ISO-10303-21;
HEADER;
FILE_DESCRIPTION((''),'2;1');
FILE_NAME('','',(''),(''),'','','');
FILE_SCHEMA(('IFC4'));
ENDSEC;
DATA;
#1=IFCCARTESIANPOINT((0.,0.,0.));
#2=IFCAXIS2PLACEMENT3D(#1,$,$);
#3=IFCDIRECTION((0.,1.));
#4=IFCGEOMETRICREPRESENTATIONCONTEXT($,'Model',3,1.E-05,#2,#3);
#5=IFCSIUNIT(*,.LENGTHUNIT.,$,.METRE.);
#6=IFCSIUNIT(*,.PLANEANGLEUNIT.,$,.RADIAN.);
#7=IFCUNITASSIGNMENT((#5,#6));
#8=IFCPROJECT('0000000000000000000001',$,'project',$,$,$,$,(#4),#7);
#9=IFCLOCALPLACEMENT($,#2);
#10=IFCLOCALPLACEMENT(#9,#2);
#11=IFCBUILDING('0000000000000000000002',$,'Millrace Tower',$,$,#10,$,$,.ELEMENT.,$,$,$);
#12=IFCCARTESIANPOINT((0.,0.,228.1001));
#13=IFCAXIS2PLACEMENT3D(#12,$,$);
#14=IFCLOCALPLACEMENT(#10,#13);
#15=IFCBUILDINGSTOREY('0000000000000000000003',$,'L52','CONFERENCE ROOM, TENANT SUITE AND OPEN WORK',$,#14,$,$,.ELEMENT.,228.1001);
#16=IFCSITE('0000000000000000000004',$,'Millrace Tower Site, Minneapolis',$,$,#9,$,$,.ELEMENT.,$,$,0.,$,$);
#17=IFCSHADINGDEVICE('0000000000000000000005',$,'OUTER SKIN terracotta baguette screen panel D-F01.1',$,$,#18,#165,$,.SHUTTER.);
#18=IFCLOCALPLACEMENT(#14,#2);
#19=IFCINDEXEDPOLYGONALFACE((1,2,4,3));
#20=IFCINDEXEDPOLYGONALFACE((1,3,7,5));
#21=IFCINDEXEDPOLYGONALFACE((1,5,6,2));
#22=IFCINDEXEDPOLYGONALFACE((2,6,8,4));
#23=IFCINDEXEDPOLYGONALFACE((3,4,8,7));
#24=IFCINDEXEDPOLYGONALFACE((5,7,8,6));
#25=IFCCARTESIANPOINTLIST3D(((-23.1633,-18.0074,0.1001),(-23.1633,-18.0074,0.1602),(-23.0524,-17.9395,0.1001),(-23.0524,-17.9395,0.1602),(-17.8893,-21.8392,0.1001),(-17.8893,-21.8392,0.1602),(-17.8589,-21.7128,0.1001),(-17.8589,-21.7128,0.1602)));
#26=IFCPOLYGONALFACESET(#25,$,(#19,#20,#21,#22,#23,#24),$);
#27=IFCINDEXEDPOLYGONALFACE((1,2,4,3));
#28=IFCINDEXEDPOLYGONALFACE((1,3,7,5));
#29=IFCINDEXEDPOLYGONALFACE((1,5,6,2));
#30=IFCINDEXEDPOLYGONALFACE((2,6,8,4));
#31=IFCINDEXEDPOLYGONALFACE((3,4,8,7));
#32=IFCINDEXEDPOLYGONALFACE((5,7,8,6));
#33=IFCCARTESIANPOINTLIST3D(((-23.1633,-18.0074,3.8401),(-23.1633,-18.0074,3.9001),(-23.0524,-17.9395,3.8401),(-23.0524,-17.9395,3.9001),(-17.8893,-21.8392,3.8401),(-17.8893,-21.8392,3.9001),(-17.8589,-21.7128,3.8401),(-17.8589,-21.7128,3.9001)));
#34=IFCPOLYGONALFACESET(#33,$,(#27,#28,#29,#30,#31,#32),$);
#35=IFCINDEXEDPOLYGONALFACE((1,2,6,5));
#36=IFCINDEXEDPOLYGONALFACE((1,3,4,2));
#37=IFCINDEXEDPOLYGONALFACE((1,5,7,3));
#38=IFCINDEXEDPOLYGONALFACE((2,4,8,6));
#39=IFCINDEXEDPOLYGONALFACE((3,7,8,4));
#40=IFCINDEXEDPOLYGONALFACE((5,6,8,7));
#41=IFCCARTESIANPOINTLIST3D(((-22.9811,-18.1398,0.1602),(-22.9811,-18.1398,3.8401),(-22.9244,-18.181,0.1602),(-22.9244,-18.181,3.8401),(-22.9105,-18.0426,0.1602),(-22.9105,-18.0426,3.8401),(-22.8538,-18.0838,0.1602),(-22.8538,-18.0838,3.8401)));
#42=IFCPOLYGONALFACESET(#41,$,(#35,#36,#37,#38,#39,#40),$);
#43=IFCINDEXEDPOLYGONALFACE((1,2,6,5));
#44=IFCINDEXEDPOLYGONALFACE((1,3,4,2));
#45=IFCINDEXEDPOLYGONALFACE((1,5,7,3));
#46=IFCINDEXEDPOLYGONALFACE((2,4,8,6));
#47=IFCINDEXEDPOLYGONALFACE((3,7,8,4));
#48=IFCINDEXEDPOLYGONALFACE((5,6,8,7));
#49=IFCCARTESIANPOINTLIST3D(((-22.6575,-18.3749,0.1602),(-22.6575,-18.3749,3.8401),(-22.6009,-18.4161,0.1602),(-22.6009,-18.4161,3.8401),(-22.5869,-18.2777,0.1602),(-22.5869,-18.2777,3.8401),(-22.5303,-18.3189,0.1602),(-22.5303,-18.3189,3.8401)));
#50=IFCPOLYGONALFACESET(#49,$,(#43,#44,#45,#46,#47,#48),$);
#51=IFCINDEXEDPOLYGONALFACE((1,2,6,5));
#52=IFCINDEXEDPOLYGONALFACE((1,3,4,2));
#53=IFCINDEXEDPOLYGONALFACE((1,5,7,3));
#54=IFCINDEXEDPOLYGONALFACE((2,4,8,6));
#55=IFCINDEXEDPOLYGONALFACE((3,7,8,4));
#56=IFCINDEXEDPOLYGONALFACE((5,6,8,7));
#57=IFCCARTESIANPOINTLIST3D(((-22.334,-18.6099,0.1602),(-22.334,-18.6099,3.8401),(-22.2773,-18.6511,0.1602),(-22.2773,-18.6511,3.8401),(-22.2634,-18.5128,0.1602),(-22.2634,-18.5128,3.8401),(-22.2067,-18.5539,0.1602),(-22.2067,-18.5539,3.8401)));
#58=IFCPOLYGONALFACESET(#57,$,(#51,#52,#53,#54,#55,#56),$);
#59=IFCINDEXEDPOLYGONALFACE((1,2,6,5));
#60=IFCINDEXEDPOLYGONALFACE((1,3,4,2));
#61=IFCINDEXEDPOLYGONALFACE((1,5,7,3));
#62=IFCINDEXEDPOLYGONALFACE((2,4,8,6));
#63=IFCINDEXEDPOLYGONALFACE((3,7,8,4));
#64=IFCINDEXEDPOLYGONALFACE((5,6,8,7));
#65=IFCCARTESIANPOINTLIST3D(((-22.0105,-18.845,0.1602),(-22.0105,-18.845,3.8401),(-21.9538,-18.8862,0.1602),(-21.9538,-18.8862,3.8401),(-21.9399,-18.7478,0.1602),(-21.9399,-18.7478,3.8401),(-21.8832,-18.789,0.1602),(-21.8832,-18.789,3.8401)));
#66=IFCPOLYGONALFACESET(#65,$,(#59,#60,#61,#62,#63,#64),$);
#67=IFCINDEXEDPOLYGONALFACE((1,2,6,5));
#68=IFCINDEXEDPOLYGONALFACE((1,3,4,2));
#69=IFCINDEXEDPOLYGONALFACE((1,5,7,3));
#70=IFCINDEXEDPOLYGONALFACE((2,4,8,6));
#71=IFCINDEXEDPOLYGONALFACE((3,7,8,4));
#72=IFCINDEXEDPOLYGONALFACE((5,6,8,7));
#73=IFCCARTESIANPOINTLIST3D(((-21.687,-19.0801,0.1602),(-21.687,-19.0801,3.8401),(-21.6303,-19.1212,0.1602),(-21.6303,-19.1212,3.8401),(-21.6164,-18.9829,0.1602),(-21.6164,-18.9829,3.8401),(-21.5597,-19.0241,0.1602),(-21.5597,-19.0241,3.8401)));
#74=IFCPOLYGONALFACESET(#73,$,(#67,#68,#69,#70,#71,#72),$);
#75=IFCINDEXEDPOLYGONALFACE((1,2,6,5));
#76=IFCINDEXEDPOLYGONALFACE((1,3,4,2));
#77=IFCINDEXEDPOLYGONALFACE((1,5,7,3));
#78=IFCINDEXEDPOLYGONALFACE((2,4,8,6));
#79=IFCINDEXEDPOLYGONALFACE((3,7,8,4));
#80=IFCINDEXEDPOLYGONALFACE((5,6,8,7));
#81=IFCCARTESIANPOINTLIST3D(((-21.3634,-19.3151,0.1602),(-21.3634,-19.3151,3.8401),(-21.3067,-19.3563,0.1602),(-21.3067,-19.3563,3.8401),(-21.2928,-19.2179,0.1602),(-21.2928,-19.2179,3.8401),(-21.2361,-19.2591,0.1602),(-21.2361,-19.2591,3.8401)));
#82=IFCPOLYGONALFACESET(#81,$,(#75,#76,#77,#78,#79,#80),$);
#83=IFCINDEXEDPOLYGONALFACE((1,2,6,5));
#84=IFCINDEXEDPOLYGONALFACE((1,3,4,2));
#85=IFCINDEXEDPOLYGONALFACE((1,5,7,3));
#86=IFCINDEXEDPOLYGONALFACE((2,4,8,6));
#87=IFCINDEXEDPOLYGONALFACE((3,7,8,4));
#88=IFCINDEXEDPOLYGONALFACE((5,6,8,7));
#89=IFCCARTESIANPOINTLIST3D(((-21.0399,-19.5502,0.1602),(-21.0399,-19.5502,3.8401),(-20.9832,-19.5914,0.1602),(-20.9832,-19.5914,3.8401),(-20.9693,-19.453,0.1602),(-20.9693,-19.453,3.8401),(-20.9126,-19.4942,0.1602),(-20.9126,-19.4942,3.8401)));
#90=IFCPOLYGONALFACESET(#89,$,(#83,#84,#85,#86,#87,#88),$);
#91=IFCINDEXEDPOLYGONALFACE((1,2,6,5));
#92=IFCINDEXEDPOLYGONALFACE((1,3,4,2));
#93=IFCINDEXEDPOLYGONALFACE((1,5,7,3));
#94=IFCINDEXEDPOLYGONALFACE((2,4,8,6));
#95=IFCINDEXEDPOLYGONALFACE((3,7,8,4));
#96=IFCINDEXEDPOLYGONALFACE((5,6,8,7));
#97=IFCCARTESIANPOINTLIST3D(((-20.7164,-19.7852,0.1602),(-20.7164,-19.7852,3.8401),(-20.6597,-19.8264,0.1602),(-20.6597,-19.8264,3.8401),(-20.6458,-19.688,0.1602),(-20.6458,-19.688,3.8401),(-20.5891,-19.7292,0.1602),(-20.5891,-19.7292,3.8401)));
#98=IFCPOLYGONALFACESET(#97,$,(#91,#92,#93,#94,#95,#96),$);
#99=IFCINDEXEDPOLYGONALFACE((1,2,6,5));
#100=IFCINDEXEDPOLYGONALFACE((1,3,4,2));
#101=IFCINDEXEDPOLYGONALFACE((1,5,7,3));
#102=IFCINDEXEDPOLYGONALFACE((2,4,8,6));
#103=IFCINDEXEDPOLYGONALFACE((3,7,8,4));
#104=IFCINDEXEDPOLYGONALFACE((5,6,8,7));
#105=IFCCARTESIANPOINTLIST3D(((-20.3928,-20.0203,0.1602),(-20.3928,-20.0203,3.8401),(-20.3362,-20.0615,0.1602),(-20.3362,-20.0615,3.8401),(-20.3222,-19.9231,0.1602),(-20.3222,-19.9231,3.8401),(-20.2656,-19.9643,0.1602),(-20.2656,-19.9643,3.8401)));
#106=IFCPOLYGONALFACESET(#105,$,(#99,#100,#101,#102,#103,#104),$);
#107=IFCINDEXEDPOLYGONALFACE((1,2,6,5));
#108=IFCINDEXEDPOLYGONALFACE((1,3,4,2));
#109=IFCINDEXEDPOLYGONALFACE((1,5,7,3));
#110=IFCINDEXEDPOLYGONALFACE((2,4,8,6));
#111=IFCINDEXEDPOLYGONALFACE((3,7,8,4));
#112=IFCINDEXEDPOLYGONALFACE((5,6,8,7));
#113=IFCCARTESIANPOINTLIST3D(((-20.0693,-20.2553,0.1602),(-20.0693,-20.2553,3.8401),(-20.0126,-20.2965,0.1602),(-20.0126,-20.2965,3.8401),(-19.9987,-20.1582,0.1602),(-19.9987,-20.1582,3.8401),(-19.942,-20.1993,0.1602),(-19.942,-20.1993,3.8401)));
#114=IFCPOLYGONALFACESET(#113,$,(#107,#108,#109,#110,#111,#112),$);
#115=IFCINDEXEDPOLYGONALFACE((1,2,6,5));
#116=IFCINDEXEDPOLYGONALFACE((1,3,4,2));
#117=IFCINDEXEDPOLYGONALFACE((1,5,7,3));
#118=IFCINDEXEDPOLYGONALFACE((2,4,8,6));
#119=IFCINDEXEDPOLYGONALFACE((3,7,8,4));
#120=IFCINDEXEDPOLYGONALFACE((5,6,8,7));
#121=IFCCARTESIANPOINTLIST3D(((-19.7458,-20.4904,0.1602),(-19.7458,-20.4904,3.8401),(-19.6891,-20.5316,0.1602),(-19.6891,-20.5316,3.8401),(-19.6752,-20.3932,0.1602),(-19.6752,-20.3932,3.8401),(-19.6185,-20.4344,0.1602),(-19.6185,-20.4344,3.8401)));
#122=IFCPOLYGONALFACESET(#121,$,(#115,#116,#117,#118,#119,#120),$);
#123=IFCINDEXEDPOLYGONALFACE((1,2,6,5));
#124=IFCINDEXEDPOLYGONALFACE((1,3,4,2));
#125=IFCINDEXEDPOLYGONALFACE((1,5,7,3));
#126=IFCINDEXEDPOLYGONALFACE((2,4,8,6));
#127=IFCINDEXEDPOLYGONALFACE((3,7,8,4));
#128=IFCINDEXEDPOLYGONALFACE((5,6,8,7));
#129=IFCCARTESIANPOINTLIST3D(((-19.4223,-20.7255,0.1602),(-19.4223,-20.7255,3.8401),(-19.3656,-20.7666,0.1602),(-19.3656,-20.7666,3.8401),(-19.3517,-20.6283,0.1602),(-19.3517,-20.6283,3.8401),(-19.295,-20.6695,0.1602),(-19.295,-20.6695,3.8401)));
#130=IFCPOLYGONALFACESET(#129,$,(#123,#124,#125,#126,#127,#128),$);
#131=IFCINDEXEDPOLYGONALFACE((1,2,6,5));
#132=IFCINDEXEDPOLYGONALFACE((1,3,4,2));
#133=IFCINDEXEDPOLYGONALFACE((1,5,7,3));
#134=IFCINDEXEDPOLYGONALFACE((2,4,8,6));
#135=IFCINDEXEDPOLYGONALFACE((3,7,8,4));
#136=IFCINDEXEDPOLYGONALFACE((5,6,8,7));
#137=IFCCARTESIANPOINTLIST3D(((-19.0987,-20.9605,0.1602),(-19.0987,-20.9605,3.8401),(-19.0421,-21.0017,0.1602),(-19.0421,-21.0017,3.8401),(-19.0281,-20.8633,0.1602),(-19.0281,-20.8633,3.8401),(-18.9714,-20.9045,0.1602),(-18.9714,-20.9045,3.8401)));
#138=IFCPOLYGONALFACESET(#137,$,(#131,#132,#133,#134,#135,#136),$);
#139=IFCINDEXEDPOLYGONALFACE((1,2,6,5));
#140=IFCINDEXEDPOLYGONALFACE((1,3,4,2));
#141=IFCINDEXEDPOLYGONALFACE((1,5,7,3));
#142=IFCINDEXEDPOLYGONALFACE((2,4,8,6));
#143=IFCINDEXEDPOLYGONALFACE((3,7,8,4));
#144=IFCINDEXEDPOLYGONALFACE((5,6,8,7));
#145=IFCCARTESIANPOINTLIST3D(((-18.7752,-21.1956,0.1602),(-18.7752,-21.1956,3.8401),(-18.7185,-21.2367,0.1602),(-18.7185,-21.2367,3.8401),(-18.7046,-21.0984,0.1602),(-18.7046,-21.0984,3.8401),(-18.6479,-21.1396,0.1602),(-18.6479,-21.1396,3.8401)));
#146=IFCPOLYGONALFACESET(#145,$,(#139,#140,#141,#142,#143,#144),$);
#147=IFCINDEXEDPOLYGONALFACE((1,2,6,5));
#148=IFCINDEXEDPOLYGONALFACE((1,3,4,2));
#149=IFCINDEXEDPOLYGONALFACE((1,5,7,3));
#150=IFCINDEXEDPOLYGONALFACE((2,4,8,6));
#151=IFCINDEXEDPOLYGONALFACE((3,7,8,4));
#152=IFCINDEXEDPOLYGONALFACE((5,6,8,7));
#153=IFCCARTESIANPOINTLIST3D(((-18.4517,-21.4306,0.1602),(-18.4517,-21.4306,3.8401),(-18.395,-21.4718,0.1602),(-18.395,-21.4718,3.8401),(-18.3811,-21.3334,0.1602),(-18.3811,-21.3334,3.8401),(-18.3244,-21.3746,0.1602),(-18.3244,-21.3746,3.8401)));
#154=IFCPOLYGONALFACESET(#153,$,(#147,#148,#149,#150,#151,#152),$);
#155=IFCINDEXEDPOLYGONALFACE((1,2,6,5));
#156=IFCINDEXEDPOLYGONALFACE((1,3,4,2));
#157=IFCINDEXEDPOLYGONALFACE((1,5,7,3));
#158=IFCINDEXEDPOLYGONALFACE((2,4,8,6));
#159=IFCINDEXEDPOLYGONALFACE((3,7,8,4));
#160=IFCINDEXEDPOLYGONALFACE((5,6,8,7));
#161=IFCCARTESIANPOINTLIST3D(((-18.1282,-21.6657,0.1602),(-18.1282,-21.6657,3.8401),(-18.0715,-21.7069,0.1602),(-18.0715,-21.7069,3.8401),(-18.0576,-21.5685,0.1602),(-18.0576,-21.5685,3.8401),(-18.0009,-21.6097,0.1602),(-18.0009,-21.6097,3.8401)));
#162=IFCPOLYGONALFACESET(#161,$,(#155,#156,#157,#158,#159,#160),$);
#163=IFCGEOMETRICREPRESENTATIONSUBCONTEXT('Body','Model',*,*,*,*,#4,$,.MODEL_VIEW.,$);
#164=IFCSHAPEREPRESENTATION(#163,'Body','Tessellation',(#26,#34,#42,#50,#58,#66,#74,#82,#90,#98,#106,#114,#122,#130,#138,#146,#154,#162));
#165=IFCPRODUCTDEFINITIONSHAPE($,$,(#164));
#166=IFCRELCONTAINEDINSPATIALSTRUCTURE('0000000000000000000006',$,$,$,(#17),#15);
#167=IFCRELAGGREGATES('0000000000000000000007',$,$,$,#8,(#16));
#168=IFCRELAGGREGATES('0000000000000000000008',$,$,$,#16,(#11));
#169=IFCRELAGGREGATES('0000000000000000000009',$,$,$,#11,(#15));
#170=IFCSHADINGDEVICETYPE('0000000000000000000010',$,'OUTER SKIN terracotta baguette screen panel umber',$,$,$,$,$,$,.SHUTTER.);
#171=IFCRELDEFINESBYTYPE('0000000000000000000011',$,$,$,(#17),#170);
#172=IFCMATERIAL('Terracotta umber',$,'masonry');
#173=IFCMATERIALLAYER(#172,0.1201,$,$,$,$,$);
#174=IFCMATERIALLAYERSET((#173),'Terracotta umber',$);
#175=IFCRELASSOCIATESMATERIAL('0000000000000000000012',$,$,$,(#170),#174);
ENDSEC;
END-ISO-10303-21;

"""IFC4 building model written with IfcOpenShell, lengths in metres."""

from ifc_helpers import new_model, entity, si_unit, direction, frame, frame_2d, origin, place, context, subcontext, project, spatial, rectangle, extrude, source, transform, mapped, material, layer, layer_set, type_object, element, save


model = new_model("IFC4")

# Units and contexts
model_context = context("Model", 3, precision=1e-05, world=origin(), true_north=direction((0.0, 1.0)))
body_context = subcontext(model_context, "Body", "Model", "MODEL_VIEW")
ifc_project = project(units=[si_unit("LENGTHUNIT", "METRE"), si_unit("PLANEANGLEUNIT", "RADIAN")], contexts=[model_context])

# Site, building, storey
site_placement = place(None, origin())
site = spatial("IfcSite", under=ifc_project, at=site_placement, Name="Millrace Tower Site, Minneapolis", CompositionType="ELEMENT", RefElevation=0.0)
building_placement = place(site_placement, origin())
building = spatial("IfcBuilding", under=site, at=building_placement, Name="Millrace Tower", CompositionType="ELEMENT")
storey_placement = place(building_placement, frame((0.0, 0.0, 228.1001)))
storey = spatial("IfcBuildingStorey", under=building, at=storey_placement, Name="L52", Description="CONFERENCE ROOM, TENANT SUITE AND OPEN WORK", CompositionType="ELEMENT", Elevation=228.1001)

# Shading device
ifc_material_1 = material(Name="Terracotta umber", Category="masonry")
ifc_layer_1 = layer(ifc_material_1, 0.1201)
ifc_layer_set_1 = layer_set([ifc_layer_1], Name="Terracotta umber")
shading_device_type = type_object("IfcShadingDeviceType", Name="OUTER SKIN terracotta baguette screen panel umber", PredefinedType="SHUTTER", material=ifc_layer_set_1)
cartesian_point_1 = entity("IfcCartesianPoint", [-3.2097, 0.0601])
shared_polyline_1 = entity("IfcPolyline", [cartesian_point_1, entity("IfcCartesianPoint", [3.2097, 0.0601]), entity("IfcCartesianPoint", [3.2595, -0.0601]), entity("IfcCartesianPoint", [-3.2595, -0.0601]), cartesian_point_1])
shared_shape_1 = source(origin(), body_context, "Body", "SweptSolid", [
    entity("IfcExtrudedAreaSolid", entity("IfcArbitraryClosedProfileDef", "AREA", None, shared_polyline_1), entity("IfcAxis2Placement3D", entity("IfcCartesianPoint", [0.0, 0.0, 0.0])), entity("IfcDirection", [0.0, 0.0, 1.0]), 0.0601),
    entity("IfcExtrudedAreaSolid", entity("IfcArbitraryClosedProfileDef", "AREA", None, shared_polyline_1), entity("IfcAxis2Placement3D", entity("IfcCartesianPoint", [0.0, 0.0, 3.74])), entity("IfcDirection", [0.0, 0.0, 1.0]), 0.0601),
    extrude(rectangle(XDim=0.0701, YDim=0.1201, at=frame_2d((-2.9993, 0.0))), frame((0.0, 0.0, 0.0601)), (0.0, 0.0, 1.0), 3.6799),
    extrude(rectangle(XDim=0.0701, YDim=0.1201, at=frame_2d((-2.5994, 0.0))), frame((0.0, 0.0, 0.0601)), (0.0, 0.0, 1.0), 3.6799),
    extrude(rectangle(XDim=0.0701, YDim=0.1201, at=frame_2d((-2.1995, 0.0))), frame((0.0, 0.0, 0.0601)), (0.0, 0.0, 1.0), 3.6799),
    extrude(rectangle(XDim=0.0701, YDim=0.1201, at=frame_2d((-1.7996, 0.0))), frame((0.0, 0.0, 0.0601)), (0.0, 0.0, 1.0), 3.6799),
    extrude(rectangle(XDim=0.0701, YDim=0.1201, at=frame_2d((-1.3997, 0.0))), frame((0.0, 0.0, 0.0601)), (0.0, 0.0, 1.0), 3.6799),
    extrude(rectangle(XDim=0.0701, YDim=0.1201, at=frame_2d((-0.9998, 0.0))), frame((0.0, 0.0, 0.0601)), (0.0, 0.0, 1.0), 3.6799),
    extrude(rectangle(XDim=0.0701, YDim=0.1201, at=frame_2d((-0.5999, 0.0))), frame((0.0, 0.0, 0.0601)), (0.0, 0.0, 1.0), 3.6799),
    extrude(rectangle(XDim=0.0701, YDim=0.1201, at=frame_2d((-0.2, 0.0))), frame((0.0, 0.0, 0.0601)), (0.0, 0.0, 1.0), 3.6799),
    extrude(rectangle(XDim=0.0701, YDim=0.1201, at=frame_2d((0.2, 0.0))), frame((0.0, 0.0, 0.0601)), (0.0, 0.0, 1.0), 3.6799),
    extrude(rectangle(XDim=0.0701, YDim=0.1201, at=frame_2d((0.5999, 0.0))), frame((0.0, 0.0, 0.0601)), (0.0, 0.0, 1.0), 3.6799),
    extrude(rectangle(XDim=0.0701, YDim=0.1201, at=frame_2d((0.9998, 0.0))), frame((0.0, 0.0, 0.0601)), (0.0, 0.0, 1.0), 3.6799),
    extrude(rectangle(XDim=0.0701, YDim=0.1201, at=frame_2d((1.3997, 0.0))), frame((0.0, 0.0, 0.0601)), (0.0, 0.0, 1.0), 3.6799),
    extrude(rectangle(XDim=0.0701, YDim=0.1201, at=frame_2d((1.7996, 0.0))), frame((0.0, 0.0, 0.0601)), (0.0, 0.0, 1.0), 3.6799),
    extrude(rectangle(XDim=0.0701, YDim=0.1201, at=frame_2d((2.1995, 0.0))), frame((0.0, 0.0, 0.0601)), (0.0, 0.0, 1.0), 3.6799),
    extrude(rectangle(XDim=0.0701, YDim=0.1201, at=frame_2d((2.5994, 0.0))), frame((0.0, 0.0, 0.0601)), (0.0, 0.0, 1.0), 3.6799),
    extrude(rectangle(XDim=0.0701, YDim=0.1201, at=frame_2d((2.9993, 0.0))), frame((0.0, 0.0, 0.0601)), (0.0, 0.0, 1.0), 3.6799),
])
shading_device_1_placement = place(storey_placement, frame((-20.491, -19.8748, 0.1001), z_axis=(0.0, 0.0, 1.0), x_axis=(0.809017, -0.587785, 0.0)))
element("IfcShadingDevice", 1, at=shading_device_1_placement, inside=storey, type_object=shading_device_type, Name="OUTER SKIN terracotta baguette screen panel D-F01.1", PredefinedType="SHUTTER", context=body_context, shape_type="MappedRepresentation", body=[
    mapped(shared_shape_1, transform((0.0, 0.0, 0.0), scale=1.0)),
])

save(model, "model.ifc")
